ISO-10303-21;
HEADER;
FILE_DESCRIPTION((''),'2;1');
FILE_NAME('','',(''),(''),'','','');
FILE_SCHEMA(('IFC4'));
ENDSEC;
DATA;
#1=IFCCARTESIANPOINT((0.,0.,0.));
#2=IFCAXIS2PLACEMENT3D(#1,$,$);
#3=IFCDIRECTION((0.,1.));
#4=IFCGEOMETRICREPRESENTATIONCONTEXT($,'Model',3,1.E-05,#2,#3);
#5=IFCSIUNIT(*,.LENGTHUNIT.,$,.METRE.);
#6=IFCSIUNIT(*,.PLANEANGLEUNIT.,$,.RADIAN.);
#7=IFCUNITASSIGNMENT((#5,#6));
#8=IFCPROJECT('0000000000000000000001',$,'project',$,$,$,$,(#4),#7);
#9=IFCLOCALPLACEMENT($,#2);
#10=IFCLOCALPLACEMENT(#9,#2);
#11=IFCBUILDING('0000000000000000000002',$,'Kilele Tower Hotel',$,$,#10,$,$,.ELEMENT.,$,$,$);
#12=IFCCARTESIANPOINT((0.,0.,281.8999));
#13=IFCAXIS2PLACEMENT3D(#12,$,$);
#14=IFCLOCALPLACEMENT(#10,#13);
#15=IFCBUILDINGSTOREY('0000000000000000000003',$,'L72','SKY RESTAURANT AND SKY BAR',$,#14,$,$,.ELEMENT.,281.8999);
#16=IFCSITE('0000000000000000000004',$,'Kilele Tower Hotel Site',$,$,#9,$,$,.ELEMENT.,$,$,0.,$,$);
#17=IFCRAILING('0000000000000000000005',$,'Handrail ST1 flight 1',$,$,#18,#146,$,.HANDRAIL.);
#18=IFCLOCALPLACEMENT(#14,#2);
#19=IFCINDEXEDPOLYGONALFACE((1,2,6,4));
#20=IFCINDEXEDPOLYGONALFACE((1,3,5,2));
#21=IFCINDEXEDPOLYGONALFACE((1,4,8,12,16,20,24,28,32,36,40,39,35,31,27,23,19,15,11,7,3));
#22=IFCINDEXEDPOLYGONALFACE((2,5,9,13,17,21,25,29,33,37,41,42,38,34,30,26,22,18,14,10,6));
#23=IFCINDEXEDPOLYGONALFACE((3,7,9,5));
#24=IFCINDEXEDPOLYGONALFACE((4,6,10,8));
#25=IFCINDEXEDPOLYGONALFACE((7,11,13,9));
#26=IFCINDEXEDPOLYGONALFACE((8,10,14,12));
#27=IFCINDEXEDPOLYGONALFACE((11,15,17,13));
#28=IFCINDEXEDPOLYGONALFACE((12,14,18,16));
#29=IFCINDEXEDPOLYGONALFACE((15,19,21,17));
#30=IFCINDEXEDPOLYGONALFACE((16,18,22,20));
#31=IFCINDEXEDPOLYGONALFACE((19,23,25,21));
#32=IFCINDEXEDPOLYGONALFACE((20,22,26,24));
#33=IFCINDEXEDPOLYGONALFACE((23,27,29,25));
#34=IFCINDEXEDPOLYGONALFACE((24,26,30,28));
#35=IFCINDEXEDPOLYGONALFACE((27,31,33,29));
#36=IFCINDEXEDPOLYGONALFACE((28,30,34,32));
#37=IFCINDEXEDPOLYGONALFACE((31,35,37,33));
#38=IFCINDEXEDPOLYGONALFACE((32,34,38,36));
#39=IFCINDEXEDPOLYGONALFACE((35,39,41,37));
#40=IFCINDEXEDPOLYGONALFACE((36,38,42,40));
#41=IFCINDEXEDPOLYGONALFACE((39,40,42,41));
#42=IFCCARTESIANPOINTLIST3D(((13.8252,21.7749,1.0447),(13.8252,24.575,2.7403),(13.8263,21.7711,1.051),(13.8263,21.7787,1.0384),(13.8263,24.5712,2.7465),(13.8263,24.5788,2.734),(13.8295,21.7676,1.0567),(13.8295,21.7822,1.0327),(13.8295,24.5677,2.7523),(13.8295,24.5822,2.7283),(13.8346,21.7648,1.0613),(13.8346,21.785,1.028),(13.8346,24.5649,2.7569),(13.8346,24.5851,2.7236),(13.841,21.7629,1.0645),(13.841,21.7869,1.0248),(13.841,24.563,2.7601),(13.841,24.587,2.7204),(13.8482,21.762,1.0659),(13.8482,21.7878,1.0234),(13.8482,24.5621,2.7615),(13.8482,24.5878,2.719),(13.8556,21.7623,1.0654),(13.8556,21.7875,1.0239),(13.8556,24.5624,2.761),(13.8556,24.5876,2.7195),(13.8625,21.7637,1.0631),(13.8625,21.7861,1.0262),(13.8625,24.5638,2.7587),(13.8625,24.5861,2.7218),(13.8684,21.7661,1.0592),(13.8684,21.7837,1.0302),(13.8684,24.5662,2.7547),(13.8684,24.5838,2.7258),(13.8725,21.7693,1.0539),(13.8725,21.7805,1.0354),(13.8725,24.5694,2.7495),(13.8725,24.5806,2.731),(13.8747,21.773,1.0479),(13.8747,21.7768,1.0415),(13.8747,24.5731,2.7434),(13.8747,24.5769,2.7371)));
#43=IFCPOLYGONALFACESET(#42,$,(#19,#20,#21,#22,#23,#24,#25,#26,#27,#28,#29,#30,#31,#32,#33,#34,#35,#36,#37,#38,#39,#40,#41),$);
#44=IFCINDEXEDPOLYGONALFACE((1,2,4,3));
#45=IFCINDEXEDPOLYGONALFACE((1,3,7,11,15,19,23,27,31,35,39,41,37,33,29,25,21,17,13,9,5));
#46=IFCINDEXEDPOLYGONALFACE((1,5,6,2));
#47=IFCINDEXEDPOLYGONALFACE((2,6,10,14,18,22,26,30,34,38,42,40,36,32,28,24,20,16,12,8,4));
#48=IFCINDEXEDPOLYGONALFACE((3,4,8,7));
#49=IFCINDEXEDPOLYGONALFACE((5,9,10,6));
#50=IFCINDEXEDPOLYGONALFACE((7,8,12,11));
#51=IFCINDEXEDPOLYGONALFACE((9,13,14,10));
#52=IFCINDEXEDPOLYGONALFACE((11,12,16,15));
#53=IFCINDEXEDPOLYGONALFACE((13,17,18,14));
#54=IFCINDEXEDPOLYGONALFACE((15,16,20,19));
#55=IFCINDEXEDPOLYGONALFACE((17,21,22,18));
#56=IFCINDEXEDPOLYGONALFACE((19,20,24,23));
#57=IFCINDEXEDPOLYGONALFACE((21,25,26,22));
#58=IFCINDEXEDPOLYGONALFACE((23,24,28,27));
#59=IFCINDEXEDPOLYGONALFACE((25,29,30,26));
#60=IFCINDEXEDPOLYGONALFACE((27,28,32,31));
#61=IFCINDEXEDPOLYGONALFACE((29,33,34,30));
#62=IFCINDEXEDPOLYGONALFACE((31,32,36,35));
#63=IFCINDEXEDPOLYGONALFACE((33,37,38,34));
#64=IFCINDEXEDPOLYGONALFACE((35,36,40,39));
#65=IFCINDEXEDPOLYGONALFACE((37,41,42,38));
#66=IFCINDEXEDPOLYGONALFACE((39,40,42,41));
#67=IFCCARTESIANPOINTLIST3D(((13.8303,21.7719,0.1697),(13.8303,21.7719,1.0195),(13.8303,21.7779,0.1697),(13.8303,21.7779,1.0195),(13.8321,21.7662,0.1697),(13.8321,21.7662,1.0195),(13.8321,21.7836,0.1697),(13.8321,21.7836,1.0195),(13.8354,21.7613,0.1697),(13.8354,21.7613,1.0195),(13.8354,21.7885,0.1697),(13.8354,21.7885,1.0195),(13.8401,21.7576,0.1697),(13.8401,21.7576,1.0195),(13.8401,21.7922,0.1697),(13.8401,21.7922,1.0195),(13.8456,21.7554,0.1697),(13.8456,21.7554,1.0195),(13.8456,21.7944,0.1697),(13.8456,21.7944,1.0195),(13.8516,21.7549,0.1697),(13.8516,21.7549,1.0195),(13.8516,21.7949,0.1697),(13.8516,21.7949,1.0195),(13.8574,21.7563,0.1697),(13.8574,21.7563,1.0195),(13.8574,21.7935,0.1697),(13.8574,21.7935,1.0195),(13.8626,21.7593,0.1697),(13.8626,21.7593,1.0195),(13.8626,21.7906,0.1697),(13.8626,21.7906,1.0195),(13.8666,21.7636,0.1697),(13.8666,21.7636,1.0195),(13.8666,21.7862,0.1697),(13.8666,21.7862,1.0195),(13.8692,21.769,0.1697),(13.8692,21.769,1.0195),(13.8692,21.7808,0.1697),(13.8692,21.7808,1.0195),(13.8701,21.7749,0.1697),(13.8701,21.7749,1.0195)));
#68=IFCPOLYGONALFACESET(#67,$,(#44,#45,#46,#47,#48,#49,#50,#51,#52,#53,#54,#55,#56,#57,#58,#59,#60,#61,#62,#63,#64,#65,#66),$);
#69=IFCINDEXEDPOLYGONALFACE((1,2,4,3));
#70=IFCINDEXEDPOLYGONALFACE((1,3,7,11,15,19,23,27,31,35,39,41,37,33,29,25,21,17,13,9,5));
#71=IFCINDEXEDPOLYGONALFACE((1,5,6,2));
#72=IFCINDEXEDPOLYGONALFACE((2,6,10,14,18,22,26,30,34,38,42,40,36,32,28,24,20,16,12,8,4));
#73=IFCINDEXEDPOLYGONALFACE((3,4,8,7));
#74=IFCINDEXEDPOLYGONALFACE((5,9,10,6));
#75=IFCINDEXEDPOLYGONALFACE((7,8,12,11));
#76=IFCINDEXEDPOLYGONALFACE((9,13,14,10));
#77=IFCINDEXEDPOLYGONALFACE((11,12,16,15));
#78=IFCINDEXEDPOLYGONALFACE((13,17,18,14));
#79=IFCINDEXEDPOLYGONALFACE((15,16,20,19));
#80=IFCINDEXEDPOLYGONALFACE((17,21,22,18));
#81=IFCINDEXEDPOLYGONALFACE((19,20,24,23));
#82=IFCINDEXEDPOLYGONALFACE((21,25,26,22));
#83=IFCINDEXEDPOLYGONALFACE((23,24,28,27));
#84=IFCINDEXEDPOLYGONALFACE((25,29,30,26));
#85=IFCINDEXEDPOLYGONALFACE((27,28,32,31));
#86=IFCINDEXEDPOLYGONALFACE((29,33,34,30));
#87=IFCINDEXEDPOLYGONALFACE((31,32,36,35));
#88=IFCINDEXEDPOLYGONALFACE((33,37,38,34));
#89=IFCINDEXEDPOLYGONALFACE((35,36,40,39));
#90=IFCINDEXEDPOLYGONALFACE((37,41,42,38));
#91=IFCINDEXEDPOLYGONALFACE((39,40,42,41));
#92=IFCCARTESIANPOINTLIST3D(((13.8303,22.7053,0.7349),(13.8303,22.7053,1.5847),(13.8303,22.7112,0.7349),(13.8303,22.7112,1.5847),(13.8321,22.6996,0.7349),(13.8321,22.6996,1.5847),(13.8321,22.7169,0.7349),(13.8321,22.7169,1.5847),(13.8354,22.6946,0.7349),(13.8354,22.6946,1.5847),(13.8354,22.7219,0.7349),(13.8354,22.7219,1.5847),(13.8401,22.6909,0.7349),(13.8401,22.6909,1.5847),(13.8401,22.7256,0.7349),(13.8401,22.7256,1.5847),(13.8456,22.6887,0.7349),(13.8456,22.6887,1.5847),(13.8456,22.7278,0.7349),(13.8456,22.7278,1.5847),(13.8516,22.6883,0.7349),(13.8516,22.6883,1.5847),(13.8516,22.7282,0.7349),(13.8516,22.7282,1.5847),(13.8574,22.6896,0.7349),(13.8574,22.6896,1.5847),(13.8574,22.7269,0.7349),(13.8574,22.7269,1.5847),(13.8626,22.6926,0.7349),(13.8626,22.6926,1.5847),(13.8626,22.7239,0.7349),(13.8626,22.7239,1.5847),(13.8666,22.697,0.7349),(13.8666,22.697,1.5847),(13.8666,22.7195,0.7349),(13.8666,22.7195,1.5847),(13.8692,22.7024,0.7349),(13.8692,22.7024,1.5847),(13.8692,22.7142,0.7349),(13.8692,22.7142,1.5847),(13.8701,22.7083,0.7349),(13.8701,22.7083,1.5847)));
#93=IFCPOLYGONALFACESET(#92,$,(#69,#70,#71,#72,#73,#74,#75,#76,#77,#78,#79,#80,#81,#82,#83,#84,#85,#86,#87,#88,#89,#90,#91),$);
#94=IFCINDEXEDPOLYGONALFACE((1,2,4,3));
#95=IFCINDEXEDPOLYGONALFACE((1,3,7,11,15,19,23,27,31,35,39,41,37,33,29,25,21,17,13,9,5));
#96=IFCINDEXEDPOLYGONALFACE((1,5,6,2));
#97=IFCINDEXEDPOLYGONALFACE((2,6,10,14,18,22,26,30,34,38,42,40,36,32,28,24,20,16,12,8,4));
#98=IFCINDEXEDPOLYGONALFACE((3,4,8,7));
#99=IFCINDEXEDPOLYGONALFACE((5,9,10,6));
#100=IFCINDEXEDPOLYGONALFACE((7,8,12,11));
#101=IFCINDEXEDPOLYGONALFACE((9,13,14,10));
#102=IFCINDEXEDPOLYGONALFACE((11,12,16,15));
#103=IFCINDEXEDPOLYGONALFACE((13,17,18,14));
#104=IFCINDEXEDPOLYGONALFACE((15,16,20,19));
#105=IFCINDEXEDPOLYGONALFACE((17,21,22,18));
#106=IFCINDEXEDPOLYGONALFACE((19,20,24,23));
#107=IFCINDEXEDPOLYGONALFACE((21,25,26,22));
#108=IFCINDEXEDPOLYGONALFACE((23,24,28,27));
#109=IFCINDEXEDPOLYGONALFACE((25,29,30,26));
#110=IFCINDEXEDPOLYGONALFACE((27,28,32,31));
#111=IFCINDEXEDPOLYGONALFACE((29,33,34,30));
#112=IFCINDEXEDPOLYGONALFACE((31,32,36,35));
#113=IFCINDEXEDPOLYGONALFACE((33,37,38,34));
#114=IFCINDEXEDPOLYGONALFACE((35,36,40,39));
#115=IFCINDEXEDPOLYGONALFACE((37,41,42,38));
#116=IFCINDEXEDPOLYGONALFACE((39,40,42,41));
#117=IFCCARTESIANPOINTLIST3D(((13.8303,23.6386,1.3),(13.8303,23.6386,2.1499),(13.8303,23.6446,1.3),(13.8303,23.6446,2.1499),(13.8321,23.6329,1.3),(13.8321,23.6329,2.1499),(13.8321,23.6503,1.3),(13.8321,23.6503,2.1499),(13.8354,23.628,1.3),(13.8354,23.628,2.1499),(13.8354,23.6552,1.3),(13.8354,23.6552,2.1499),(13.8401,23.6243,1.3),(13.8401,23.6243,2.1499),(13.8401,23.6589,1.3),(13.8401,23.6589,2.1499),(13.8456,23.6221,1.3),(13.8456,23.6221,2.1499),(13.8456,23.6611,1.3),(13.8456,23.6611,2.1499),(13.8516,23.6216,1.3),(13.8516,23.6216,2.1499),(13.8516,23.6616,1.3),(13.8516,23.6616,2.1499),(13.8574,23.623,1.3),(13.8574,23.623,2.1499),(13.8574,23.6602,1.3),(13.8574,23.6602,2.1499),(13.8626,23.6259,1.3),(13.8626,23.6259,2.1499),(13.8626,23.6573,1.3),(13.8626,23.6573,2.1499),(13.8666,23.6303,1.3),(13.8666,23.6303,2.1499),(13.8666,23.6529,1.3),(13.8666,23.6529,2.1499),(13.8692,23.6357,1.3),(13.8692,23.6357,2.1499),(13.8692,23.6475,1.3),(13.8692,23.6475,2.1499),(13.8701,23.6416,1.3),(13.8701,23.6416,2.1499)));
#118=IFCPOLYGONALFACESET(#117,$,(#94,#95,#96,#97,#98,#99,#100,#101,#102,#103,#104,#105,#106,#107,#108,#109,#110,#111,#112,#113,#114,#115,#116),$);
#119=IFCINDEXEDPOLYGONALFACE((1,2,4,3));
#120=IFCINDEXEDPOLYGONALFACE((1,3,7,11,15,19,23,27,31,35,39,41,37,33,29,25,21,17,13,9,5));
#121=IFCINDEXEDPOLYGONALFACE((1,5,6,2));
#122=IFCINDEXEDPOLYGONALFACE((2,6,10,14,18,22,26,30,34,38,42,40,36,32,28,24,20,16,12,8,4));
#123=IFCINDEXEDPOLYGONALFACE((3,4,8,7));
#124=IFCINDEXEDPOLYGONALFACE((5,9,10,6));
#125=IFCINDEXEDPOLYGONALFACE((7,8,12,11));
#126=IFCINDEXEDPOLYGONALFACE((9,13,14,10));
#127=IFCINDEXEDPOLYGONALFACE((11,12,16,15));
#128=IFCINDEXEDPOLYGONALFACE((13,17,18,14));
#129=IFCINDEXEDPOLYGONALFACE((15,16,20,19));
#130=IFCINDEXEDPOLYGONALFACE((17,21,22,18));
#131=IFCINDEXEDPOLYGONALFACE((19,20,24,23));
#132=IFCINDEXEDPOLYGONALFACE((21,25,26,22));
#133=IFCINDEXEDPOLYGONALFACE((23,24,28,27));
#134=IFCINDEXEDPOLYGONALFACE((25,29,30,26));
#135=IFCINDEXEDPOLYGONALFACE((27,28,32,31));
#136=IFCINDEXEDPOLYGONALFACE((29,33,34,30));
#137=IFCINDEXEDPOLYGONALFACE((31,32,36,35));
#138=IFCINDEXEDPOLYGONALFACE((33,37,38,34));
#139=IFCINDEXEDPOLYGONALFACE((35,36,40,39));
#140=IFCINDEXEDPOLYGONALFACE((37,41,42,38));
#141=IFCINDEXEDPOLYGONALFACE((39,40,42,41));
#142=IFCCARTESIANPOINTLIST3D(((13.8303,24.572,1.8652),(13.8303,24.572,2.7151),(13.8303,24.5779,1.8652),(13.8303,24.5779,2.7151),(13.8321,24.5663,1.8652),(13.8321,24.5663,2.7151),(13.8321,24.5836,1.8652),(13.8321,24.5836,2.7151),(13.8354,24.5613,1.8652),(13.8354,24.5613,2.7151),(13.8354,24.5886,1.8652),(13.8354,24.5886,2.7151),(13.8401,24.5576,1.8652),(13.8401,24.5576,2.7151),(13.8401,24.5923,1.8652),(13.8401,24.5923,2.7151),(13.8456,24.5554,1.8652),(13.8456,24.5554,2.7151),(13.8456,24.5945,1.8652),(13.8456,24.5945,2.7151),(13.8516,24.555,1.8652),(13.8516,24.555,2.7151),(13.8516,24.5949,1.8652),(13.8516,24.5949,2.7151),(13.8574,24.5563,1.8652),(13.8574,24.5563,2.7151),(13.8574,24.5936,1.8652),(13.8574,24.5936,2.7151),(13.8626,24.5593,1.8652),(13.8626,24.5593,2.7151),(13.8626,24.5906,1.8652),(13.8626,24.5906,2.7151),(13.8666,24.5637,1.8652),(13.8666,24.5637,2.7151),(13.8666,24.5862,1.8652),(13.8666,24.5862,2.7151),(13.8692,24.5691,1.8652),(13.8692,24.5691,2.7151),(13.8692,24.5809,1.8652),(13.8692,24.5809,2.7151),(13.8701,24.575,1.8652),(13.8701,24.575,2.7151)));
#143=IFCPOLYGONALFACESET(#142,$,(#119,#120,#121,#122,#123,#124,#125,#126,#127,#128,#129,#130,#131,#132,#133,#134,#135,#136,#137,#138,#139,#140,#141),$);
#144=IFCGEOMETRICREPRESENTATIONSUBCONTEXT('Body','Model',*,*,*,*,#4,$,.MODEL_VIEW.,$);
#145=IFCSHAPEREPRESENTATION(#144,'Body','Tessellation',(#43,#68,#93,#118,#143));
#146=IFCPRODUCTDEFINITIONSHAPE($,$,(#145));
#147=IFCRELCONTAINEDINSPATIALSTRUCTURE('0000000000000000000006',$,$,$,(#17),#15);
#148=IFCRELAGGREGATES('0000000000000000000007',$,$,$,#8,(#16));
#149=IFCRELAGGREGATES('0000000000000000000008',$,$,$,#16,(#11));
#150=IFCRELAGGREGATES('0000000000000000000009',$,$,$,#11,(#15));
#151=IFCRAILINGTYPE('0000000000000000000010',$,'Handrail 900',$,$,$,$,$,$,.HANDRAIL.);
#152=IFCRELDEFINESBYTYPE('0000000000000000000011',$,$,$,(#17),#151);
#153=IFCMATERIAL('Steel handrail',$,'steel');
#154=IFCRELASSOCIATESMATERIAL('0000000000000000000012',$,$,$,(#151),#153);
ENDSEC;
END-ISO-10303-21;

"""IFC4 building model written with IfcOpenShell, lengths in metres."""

from ifc_helpers import new_model, si_unit, direction, frame, origin, origin_2d, place, context, subcontext, project, spatial, circle, extrude, material, type_object, element, save


model = new_model("IFC4")

# Units and contexts
model_context = context("Model", 3, precision=1e-05, world=origin(), true_north=direction((0.0, 1.0)))
body_context = subcontext(model_context, "Body", "Model", "MODEL_VIEW")
ifc_project = project(units=[si_unit("LENGTHUNIT", "METRE"), si_unit("PLANEANGLEUNIT", "RADIAN")], contexts=[model_context])

# Site, building, storey
site_placement = place(None, origin())
site = spatial("IfcSite", under=ifc_project, at=site_placement, Name="Kilele Tower Hotel Site", CompositionType="ELEMENT", RefElevation=0.0)
building_placement = place(site_placement, origin())
building = spatial("IfcBuilding", under=site, at=building_placement, Name="Kilele Tower Hotel", CompositionType="ELEMENT")
storey_placement = place(building_placement, frame((0.0, 0.0, 281.8999)))
storey = spatial("IfcBuildingStorey", under=building, at=storey_placement, Name="L72", Description="SKY RESTAURANT AND SKY BAR", CompositionType="ELEMENT", Elevation=281.8999)

# Railing
ifc_material_1 = material(Name="Steel handrail", Category="steel")
railing_type = type_object("IfcRailingType", Name="Handrail 900", PredefinedType="HANDRAIL", material=ifc_material_1)
railing_placement = place(storey_placement, frame((13.8501, 21.7749, 0.1697)))
element("IfcRailing", 1, at=railing_placement, inside=storey, type_object=railing_type, Name="Handrail ST1 flight 1", PredefinedType="HANDRAIL", context=body_context, shape_type="SweptSolid", body=[
    extrude(circle(Radius=0.0249, at=origin_2d()), frame((0.0, 0.0, 0.875), z_axis=(0.0, 0.855393, 0.517979), x_axis=(-1.0, 0.0, 0.0)), (0.0, 0.0, 1.0), 3.2734),
    extrude(circle(Radius=0.02, at=origin_2d()), origin(), (0.0, 0.0, 1.0), 0.8499),
    extrude(circle(Radius=0.02, at=origin_2d()), frame((0.0, 0.9333, 0.5652)), (0.0, 0.0, 1.0), 0.8499),
    extrude(circle(Radius=0.02, at=origin_2d()), frame((0.0, 1.8667, 1.1304)), (0.0, 0.0, 1.0), 0.8499),
    extrude(circle(Radius=0.02, at=origin_2d()), frame((0.0, 2.8, 1.6956)), (0.0, 0.0, 1.0), 0.8499),
])

save(model, "model.ifc")
